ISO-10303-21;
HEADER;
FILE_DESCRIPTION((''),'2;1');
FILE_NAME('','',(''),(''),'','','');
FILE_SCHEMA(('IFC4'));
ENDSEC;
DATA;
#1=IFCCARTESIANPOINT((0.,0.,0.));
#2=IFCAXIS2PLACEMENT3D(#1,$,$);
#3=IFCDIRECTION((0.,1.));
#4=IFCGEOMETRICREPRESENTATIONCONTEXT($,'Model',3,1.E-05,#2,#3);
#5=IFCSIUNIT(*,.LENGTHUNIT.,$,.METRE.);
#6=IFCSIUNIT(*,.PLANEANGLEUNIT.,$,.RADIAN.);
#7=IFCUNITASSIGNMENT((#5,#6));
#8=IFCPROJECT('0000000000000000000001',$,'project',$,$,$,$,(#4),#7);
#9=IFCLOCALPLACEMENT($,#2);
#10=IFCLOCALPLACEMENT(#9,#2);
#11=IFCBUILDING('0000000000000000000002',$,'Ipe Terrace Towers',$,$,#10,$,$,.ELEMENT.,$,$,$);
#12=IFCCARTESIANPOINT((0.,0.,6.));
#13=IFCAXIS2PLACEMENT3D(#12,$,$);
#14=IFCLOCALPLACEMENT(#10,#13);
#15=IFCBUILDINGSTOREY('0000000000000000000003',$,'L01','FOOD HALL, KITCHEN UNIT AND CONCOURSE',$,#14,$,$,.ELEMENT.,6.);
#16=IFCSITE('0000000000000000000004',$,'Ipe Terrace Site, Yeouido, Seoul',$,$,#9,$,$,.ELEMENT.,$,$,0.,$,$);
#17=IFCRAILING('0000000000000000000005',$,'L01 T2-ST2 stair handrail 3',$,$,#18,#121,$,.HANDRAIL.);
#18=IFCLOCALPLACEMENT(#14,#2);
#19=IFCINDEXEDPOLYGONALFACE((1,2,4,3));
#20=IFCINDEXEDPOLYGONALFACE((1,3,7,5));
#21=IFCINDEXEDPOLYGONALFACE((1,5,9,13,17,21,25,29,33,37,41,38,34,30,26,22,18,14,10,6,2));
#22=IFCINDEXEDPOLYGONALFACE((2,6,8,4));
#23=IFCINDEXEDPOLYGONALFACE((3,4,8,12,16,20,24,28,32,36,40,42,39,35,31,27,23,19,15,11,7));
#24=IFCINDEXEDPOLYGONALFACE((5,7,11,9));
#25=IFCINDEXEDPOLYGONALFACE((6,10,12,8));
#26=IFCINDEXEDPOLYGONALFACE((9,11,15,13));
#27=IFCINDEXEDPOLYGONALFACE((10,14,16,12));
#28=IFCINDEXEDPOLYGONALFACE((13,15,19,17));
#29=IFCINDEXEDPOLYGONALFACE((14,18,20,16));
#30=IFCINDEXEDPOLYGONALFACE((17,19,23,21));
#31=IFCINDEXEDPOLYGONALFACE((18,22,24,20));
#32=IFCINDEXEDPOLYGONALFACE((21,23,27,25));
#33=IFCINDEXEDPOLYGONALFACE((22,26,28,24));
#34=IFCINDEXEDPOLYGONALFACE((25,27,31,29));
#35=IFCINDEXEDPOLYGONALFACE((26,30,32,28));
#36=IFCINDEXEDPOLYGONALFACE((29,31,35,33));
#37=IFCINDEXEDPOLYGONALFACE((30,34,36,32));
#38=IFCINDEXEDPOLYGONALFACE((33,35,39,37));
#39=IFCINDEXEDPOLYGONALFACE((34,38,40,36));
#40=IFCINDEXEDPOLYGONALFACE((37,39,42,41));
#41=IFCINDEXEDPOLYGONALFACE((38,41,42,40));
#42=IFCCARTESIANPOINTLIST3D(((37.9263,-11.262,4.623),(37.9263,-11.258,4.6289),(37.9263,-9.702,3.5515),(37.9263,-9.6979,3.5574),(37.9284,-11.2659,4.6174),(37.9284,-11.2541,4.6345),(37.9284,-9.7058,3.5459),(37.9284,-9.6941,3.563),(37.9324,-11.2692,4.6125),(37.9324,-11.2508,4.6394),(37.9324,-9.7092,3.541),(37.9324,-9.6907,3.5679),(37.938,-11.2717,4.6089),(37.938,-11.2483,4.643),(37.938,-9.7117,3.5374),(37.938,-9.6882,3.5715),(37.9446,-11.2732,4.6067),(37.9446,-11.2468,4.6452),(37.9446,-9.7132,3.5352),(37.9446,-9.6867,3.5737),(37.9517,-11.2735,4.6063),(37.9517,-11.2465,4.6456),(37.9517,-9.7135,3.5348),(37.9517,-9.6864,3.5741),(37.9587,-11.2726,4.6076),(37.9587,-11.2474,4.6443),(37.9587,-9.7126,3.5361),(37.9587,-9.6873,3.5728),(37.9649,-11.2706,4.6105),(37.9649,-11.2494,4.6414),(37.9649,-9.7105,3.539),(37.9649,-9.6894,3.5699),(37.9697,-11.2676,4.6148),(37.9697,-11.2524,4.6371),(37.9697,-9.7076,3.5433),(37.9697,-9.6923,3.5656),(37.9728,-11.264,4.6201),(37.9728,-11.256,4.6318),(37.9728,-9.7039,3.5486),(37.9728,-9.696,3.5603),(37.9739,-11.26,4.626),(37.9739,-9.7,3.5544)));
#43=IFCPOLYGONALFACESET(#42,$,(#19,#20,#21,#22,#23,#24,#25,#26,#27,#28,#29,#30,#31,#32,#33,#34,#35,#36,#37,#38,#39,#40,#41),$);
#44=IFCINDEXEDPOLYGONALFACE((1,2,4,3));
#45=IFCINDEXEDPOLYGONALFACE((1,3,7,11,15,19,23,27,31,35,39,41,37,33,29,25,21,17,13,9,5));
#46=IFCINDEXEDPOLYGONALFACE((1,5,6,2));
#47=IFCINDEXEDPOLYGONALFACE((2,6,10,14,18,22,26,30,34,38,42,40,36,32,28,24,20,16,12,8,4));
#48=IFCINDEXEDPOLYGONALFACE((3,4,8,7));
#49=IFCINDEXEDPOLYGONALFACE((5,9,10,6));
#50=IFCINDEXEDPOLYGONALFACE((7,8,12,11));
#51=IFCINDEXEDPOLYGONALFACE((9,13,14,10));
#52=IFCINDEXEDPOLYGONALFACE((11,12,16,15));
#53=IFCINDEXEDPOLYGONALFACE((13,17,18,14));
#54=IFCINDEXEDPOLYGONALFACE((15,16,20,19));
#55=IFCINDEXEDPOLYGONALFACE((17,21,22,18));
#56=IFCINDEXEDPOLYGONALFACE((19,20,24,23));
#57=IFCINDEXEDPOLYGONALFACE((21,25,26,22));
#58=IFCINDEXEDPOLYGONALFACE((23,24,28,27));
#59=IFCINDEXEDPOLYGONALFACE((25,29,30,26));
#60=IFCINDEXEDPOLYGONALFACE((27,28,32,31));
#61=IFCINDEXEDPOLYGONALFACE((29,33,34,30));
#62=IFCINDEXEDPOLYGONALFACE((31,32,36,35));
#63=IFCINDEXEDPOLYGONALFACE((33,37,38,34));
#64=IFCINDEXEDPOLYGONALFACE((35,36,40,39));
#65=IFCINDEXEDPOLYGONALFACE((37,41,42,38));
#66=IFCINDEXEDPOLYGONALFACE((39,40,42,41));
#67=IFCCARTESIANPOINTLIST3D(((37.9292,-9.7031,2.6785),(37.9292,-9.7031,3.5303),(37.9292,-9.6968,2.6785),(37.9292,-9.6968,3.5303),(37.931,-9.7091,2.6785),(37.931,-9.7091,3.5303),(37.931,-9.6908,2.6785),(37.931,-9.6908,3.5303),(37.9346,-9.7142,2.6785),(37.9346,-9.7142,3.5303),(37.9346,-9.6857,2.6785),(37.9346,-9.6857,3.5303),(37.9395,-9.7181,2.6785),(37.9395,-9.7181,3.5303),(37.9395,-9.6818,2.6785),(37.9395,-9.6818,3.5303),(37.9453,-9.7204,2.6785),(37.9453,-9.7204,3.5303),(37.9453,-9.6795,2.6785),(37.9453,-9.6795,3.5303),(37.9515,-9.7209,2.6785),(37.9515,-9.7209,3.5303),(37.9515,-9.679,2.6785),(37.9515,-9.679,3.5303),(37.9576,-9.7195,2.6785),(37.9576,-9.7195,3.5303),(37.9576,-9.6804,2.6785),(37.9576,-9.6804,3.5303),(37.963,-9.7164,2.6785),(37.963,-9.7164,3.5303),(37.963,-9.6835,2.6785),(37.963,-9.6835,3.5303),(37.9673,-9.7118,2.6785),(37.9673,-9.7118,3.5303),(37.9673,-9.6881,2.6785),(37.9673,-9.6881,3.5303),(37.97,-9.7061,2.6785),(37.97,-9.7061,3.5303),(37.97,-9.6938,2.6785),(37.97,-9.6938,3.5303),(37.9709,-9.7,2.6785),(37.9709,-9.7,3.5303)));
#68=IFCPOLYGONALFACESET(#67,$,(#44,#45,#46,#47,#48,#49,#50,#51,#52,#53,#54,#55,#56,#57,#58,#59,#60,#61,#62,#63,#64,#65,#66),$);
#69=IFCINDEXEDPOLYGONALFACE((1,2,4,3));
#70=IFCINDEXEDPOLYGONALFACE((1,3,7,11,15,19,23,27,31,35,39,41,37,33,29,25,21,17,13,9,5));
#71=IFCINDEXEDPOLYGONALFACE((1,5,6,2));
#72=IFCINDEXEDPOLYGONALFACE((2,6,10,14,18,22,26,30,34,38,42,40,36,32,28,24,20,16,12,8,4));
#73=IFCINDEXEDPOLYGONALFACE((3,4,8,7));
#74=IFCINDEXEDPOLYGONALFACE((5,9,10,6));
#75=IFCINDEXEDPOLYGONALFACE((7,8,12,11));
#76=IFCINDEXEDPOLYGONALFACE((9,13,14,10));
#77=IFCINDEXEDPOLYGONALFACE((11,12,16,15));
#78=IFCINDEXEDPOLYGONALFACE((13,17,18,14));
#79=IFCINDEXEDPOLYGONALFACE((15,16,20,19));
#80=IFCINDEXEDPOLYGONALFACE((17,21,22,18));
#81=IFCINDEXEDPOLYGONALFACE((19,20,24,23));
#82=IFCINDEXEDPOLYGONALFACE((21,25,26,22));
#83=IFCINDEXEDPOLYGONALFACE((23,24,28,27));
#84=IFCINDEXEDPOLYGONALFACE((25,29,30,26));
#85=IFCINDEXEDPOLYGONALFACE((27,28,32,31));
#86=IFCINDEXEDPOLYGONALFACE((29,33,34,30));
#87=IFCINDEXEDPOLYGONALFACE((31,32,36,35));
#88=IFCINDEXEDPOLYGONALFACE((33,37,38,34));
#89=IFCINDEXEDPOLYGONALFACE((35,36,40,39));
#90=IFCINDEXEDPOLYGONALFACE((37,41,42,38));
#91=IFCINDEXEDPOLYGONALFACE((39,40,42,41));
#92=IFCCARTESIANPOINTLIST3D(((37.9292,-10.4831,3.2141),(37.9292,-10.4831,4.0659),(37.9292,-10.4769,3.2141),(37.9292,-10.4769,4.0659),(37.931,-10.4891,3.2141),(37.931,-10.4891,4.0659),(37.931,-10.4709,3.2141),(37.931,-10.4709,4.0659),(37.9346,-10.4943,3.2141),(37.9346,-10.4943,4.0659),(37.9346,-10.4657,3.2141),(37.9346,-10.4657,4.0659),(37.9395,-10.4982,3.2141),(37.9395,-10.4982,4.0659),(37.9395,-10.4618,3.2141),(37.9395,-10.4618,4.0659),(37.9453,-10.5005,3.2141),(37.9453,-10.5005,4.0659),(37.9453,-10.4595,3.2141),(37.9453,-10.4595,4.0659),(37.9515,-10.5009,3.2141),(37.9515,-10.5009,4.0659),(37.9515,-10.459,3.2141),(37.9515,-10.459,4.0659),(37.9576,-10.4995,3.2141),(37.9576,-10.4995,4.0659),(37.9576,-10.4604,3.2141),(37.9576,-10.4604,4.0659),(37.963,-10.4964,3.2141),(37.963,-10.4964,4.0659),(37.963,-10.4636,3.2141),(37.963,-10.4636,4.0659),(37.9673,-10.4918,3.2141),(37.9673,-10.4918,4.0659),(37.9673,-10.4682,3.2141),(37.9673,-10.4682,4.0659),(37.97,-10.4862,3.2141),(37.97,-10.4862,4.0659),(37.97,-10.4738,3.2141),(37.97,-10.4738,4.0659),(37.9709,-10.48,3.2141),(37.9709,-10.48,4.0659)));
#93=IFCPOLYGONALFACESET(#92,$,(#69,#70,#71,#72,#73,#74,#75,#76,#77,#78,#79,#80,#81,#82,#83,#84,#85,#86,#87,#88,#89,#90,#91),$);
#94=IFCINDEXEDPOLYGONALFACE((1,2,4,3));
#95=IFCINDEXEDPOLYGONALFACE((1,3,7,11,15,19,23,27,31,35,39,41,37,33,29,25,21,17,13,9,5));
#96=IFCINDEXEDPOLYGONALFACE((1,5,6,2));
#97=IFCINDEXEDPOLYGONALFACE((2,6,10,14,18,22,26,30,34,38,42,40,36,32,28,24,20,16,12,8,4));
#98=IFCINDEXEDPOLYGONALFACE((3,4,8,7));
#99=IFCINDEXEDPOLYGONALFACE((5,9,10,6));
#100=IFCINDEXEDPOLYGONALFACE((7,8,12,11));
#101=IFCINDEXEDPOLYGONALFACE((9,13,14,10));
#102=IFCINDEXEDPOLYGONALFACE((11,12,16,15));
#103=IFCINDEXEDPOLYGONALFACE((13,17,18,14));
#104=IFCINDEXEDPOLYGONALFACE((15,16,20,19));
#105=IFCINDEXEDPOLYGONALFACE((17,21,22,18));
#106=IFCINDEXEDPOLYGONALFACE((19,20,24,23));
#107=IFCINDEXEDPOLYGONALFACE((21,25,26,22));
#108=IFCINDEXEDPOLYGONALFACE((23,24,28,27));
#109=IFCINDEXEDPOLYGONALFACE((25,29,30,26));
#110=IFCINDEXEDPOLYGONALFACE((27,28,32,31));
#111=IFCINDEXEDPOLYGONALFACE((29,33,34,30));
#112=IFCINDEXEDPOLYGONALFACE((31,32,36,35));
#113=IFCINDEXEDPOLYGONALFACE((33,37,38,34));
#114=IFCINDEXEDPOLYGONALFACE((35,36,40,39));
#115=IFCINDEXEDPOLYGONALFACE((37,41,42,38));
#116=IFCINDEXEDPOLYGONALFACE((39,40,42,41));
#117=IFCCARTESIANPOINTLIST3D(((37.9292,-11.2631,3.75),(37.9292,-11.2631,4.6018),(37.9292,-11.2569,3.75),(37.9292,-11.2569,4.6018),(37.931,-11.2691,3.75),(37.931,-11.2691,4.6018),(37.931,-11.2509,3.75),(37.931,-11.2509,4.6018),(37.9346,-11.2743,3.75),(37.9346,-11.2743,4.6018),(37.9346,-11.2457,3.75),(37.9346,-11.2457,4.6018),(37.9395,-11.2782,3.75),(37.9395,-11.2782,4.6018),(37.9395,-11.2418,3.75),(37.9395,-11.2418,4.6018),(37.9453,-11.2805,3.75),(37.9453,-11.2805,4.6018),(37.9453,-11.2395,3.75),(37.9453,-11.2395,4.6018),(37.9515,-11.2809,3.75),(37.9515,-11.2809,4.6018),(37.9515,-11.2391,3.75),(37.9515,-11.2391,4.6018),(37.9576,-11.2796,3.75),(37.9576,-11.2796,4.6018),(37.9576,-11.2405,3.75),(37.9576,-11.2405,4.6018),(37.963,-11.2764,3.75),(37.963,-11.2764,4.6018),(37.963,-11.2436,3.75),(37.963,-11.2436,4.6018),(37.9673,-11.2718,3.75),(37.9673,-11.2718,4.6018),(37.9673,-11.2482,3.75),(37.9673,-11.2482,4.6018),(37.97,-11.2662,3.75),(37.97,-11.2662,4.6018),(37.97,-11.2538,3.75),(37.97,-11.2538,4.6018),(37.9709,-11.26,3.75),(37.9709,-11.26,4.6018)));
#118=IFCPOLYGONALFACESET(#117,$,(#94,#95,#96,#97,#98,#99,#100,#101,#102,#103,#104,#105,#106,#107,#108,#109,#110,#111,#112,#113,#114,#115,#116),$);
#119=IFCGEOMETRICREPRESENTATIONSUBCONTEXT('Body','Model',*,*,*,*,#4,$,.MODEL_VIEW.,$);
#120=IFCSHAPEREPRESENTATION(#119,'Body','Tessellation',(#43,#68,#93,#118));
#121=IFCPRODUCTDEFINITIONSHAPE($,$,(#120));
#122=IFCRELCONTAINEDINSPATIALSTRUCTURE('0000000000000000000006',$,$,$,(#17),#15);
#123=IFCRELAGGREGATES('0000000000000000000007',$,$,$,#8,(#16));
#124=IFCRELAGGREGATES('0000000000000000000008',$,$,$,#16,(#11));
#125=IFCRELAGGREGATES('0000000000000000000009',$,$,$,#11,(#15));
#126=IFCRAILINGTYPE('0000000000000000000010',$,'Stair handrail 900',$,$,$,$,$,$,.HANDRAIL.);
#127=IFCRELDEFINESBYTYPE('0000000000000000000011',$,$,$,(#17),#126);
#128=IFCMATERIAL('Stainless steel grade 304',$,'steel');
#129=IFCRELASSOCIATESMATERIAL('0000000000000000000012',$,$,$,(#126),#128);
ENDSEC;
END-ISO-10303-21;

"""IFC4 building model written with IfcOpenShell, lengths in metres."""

from ifc_helpers import new_model, si_unit, direction, frame, origin, origin_2d, place, context, subcontext, project, spatial, circle, extrude, material, type_object, element, save


model = new_model("IFC4")

# Units and contexts
model_context = context("Model", 3, precision=1e-05, world=origin(), true_north=direction((0.0, 1.0)))
body_context = subcontext(model_context, "Body", "Model", "MODEL_VIEW")
ifc_project = project(units=[si_unit("LENGTHUNIT", "METRE"), si_unit("PLANEANGLEUNIT", "RADIAN")], contexts=[model_context])

# Site, building, storey
site_placement = place(None, origin())
site = spatial("IfcSite", under=ifc_project, at=site_placement, Name="Ipe Terrace Site, Yeouido, Seoul", CompositionType="ELEMENT", RefElevation=0.0)
building_placement = place(site_placement, origin())
building = spatial("IfcBuilding", under=site, at=building_placement, Name="Ipe Terrace Towers", CompositionType="ELEMENT")
storey_placement = place(building_placement, frame((0.0, 0.0, 6.0)))
storey = spatial("IfcBuildingStorey", under=building, at=storey_placement, Name="L01", Description="FOOD HALL, KITCHEN UNIT AND CONCOURSE", CompositionType="ELEMENT", Elevation=6.0)

# Railing
ifc_material_1 = material(Name="Stainless steel grade 304", Category="steel")
railing_type_1 = type_object("IfcRailingType", Name="Stair handrail 900", PredefinedType="HANDRAIL", material=ifc_material_1)
railing_1_placement = place(storey_placement, frame((37.95, -9.7, 2.6785)))
element("IfcRailing", 1, at=railing_1_placement, inside=storey, type_object=railing_type_1, Name="L01 T2-ST2 stair handrail 3", PredefinedType="HANDRAIL", context=body_context, shape_type="SweptSolid", body=[
    extrude(circle(Radius=0.0239, at=origin_2d()), frame((0.0, 0.0, 0.876), z_axis=(0.0, -0.82429, 0.566167), x_axis=(1.0, 0.0, 0.0)), (0.0, 0.0, 1.0), 1.8926),
    extrude(circle(Radius=0.021, at=origin_2d()), origin(), (0.0, 0.0, 1.0), 0.8518),
    extrude(circle(Radius=0.021, at=origin_2d()), frame((0.0, -0.78, 0.5356)), (0.0, 0.0, 1.0), 0.8518),
    extrude(circle(Radius=0.021, at=origin_2d()), frame((0.0, -1.5601, 1.0715)), (0.0, 0.0, 1.0), 0.8518),
])

save(model, "model.ifc")
